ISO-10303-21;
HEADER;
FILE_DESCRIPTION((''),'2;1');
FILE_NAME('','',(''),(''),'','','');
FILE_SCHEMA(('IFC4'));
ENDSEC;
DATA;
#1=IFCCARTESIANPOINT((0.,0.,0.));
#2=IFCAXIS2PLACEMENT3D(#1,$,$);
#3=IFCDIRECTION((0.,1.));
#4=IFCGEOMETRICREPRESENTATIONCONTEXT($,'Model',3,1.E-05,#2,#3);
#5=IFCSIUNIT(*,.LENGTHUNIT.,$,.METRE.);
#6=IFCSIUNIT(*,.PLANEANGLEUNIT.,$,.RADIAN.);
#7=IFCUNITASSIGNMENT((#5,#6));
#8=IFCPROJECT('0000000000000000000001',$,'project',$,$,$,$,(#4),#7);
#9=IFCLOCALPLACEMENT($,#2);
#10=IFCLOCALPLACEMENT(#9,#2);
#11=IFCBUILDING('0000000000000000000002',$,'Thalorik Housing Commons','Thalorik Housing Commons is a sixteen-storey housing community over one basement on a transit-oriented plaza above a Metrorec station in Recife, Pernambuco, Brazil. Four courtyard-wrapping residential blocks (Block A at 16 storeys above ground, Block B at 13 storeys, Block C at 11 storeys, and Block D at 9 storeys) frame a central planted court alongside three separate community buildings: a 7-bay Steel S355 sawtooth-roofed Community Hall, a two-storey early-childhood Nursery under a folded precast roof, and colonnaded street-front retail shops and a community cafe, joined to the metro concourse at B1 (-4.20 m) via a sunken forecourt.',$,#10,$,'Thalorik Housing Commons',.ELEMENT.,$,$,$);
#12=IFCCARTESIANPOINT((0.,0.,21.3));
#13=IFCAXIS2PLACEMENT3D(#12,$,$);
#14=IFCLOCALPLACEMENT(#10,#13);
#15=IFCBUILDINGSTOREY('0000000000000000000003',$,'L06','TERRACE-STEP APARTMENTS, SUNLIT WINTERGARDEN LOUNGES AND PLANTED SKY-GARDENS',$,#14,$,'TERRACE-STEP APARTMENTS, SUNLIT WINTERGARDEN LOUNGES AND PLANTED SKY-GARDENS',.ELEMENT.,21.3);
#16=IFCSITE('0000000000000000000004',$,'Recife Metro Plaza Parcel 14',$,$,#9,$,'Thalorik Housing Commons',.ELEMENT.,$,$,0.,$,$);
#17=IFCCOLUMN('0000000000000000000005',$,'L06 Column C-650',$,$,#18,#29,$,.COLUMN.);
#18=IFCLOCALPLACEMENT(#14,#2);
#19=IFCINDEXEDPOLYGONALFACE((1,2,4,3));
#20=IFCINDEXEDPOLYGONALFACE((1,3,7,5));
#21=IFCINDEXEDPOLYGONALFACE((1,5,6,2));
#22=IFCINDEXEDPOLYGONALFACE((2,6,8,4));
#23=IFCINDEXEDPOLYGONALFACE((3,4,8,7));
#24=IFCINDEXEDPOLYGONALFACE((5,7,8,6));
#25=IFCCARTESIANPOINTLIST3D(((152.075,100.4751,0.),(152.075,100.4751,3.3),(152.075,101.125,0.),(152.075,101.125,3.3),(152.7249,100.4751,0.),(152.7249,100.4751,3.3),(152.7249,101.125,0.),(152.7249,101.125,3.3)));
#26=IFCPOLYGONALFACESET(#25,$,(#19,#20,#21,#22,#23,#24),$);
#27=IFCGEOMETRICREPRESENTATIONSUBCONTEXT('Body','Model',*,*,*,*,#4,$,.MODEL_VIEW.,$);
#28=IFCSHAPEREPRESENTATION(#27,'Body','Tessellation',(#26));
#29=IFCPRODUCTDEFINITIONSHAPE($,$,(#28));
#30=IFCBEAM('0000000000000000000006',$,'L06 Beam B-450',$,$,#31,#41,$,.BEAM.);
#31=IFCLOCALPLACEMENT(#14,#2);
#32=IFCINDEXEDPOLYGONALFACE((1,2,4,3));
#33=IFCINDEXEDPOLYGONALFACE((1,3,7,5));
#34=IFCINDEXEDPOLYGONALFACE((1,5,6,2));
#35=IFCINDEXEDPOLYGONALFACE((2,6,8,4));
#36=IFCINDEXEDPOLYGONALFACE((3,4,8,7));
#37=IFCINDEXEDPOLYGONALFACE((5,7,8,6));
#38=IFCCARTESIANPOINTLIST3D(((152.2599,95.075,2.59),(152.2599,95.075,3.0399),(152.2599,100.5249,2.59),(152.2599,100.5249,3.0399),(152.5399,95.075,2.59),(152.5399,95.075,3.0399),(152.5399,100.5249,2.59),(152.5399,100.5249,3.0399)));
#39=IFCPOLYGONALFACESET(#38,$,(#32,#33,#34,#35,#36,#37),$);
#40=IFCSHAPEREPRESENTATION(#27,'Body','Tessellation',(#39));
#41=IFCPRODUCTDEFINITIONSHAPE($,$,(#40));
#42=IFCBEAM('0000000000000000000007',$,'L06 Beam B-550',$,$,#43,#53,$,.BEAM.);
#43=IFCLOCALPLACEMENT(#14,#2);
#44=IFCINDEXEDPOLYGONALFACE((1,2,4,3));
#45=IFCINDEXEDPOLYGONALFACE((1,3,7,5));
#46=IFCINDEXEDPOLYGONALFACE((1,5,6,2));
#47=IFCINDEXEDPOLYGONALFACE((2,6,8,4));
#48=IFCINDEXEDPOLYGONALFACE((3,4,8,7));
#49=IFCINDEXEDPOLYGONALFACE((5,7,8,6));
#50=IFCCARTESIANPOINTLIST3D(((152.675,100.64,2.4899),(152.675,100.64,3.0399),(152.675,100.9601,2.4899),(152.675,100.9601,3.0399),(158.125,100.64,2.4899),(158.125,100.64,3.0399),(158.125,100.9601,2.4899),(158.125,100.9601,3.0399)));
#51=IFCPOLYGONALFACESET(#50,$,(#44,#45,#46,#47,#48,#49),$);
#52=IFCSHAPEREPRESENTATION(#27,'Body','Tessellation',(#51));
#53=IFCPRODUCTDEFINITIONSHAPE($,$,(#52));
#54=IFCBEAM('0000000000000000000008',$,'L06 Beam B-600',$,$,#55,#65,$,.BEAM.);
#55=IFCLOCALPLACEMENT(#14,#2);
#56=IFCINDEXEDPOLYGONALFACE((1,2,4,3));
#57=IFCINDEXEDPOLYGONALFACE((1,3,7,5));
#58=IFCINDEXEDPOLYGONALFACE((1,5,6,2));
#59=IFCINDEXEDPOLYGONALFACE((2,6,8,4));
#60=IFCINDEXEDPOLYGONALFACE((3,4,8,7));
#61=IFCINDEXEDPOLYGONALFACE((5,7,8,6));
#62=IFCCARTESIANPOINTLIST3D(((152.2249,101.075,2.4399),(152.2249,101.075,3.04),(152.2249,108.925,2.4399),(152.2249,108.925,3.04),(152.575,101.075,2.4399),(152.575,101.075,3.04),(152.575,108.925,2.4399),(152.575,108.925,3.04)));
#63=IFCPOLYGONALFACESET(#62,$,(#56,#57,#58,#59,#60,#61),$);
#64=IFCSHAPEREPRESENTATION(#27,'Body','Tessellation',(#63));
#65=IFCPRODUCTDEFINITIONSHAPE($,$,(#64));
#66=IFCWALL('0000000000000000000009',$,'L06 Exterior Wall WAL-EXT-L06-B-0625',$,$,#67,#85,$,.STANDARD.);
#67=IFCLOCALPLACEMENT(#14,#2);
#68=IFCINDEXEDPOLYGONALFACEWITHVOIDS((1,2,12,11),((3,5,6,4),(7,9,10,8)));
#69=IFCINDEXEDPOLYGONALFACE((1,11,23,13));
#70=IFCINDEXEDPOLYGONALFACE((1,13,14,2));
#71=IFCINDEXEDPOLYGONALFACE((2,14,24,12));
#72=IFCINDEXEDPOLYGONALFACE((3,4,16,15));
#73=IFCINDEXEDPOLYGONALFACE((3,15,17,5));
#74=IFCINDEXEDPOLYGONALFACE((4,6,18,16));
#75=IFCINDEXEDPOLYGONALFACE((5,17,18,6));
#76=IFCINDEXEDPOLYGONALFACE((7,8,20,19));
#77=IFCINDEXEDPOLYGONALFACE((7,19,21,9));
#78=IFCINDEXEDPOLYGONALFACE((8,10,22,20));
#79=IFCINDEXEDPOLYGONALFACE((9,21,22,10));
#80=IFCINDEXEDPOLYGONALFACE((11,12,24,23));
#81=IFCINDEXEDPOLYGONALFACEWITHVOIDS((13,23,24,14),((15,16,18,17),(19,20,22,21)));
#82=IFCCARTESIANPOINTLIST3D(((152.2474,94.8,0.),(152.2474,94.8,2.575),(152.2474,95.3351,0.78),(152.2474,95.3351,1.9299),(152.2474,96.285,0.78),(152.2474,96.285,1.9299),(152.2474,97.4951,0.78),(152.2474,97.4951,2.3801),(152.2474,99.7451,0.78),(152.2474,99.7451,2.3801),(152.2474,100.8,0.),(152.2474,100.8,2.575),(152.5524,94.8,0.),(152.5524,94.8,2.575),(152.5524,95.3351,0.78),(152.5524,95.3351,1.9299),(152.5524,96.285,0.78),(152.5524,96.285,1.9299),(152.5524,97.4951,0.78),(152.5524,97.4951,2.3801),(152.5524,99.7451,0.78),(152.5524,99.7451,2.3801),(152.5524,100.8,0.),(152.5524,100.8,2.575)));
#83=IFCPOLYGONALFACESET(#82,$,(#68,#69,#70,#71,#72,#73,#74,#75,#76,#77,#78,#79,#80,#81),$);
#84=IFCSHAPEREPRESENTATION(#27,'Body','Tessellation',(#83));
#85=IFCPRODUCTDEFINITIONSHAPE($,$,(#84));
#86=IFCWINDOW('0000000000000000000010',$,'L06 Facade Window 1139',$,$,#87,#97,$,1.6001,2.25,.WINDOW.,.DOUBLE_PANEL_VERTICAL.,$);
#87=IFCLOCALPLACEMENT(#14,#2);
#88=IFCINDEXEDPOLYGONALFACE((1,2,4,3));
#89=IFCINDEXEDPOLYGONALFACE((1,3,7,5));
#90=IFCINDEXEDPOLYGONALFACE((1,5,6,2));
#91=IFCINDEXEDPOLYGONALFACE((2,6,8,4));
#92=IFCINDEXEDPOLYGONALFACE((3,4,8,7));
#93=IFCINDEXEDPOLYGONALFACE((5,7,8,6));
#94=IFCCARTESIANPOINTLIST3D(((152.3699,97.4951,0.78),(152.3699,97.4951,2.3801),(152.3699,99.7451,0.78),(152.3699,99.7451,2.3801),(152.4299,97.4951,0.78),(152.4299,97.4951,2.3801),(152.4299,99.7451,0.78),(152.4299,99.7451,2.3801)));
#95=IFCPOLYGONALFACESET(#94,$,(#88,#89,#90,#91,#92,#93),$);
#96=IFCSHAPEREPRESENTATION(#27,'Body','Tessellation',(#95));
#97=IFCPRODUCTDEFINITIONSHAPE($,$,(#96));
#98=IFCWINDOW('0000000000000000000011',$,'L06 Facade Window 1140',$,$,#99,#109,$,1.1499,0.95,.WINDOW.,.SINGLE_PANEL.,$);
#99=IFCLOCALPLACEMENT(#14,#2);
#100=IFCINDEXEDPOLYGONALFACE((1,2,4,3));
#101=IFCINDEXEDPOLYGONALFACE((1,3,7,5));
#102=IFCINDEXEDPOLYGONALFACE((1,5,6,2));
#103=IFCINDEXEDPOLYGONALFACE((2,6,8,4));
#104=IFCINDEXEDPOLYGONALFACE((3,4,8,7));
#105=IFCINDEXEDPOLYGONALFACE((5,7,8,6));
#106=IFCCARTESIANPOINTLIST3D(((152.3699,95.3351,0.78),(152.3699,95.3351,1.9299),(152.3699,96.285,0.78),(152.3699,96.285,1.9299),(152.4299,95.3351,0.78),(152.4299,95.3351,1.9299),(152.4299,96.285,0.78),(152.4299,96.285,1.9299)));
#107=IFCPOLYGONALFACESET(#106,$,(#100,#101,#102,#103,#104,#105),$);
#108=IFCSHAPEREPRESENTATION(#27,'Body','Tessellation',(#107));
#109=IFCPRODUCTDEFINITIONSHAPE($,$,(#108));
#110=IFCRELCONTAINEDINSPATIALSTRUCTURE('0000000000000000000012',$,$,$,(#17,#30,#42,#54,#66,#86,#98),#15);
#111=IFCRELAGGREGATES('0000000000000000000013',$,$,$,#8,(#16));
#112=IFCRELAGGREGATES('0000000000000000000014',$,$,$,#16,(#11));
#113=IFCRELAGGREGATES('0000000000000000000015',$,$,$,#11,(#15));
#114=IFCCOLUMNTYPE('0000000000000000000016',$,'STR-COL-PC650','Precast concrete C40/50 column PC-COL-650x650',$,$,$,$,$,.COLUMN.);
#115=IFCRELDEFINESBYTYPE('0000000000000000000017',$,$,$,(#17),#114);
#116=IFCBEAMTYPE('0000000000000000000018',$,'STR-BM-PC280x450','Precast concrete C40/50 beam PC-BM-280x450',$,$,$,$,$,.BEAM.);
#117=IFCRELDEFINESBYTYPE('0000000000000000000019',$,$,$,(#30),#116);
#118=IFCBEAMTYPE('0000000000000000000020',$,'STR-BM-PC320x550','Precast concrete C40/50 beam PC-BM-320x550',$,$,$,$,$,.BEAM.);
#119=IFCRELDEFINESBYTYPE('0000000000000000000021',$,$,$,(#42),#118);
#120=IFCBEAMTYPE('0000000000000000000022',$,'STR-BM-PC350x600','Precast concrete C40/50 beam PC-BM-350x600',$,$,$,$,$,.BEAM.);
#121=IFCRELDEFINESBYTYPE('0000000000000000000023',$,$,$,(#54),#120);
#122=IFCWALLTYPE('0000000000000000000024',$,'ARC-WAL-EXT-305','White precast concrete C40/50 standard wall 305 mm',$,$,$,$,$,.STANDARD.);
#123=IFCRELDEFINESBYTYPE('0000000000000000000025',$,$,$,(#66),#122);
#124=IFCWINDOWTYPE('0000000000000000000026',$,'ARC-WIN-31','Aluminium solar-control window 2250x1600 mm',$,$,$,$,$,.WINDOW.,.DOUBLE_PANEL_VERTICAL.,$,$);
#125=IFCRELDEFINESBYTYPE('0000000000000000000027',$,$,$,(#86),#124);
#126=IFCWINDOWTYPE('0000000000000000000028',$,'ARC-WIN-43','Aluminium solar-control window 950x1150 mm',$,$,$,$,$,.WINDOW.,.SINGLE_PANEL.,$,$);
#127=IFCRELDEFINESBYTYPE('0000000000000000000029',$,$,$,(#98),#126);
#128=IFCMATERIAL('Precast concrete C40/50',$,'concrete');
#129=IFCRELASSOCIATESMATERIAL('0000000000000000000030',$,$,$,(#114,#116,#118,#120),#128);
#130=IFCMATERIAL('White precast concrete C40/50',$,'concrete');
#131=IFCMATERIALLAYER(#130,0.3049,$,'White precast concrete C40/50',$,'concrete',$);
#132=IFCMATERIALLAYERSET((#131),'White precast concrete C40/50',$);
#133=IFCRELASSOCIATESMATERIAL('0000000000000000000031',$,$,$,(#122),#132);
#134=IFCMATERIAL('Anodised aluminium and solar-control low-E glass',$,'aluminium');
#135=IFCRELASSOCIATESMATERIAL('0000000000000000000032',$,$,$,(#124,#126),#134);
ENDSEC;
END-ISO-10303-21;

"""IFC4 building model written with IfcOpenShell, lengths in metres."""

from ifc_helpers import new_model, si_unit, direction, frame, frame_2d, origin, origin_2d, place, context, subcontext, project, spatial, rectangle, extrude, material, layer, layer_set, material_profile, profile_set, type_object, element, fill, save


model = new_model("IFC4")

# Units and contexts
model_context = context("Model", 3, precision=1e-05, world=origin(), true_north=direction((0.0, 1.0)))
body_context = subcontext(model_context, "Body", "Model", "MODEL_VIEW")
ifc_project = project(units=[si_unit("LENGTHUNIT", "METRE"), si_unit("PLANEANGLEUNIT", "RADIAN")], contexts=[model_context])

# Site, building, storey
site_placement = place(None, origin())
site = spatial("IfcSite", under=ifc_project, at=site_placement, Name="Recife Metro Plaza Parcel 14", LongName="Thalorik Housing Commons", CompositionType="ELEMENT", RefElevation=0.0)
building_placement = place(site_placement, origin())
building = spatial("IfcBuilding", under=site, at=building_placement, Name="Thalorik Housing Commons", Description="Thalorik Housing Commons is a sixteen-storey housing community over one basement on a transit-oriented plaza above a Metrorec station in Recife, Pernambuco, Brazil. Four courtyard-wrapping residential blocks (Block A at 16 storeys above ground, Block B at 13 storeys, Block C at 11 storeys, and Block D at 9 storeys) frame a central planted court alongside three separate community buildings: a 7-bay Steel S355 sawtooth-roofed Community Hall, a two-storey early-childhood Nursery under a folded precast roof, and colonnaded street-front retail shops and a community cafe, joined to the metro concourse at B1 (-4.20 m) via a sunken forecourt.", LongName="Thalorik Housing Commons", CompositionType="ELEMENT")
storey_placement = place(building_placement, frame((0.0, 0.0, 21.3)))
storey = spatial("IfcBuildingStorey", under=building, at=storey_placement, Name="L06", Description="TERRACE-STEP APARTMENTS, SUNLIT WINTERGARDEN LOUNGES AND PLANTED SKY-GARDENS", LongName="TERRACE-STEP APARTMENTS, SUNLIT WINTERGARDEN LOUNGES AND PLANTED SKY-GARDENS", CompositionType="ELEMENT", Elevation=21.3)

# Column
ifc_material_1 = material(Name="Precast concrete C40/50", Category="concrete")
ifc_material_profile_1 = material_profile(ifc_material_1, rectangle(XDim=0.6499, YDim=0.6499, at=origin_2d()), Name="PC 650x650", Category="concrete")
ifc_profile_set_1 = profile_set([ifc_material_profile_1], Name="Precast concrete C40/50")
column_type = type_object("IfcColumnType", Name="STR-COL-PC650", Description="Precast concrete C40/50 column PC-COL-650x650", PredefinedType="COLUMN", material=ifc_profile_set_1)
column_placement = place(storey_placement, frame((152.3999, 100.8, 0.0), z_axis=(0.0, 0.0, 1.0), x_axis=(1.0, 0.0, 0.0)))
element("IfcColumn", 1, at=column_placement, inside=storey, type_object=column_type, Name="L06 Column C-650", PredefinedType="COLUMN", context=body_context, shape_type="SweptSolid", body=[
    extrude(rectangle(XDim=0.6499, YDim=0.6499, at=origin_2d()), origin(), (0.0, 0.0, 1.0), 3.3),
])

# Beams
ifc_material_profile_2 = material_profile(ifc_material_1, rectangle(XDim=0.28, YDim=0.45, at=origin_2d()), Name="PC 280x450", Category="concrete")
ifc_profile_set_2 = profile_set([ifc_material_profile_2], Name="Precast concrete C40/50")
beam_type_1 = type_object("IfcBeamType", Name="STR-BM-PC280x450", Description="Precast concrete C40/50 beam PC-BM-280x450", PredefinedType="BEAM", material=ifc_profile_set_2)
beam_1_placement = place(storey_placement, frame((152.3999, 95.075, 2.8149), z_axis=(0.0, 1.0, 0.0), x_axis=(-1.0, 0.0, 0.0)))
element("IfcBeam", 2, at=beam_1_placement, inside=storey, type_object=beam_type_1, Name="L06 Beam B-450", PredefinedType="BEAM", context=body_context, shape_type="SweptSolid", body=[
    extrude(rectangle(XDim=0.28, YDim=0.45, at=origin_2d()), origin(), (0.0, 0.0, 1.0), 5.45),
])
ifc_material_profile_3 = material_profile(ifc_material_1, rectangle(XDim=0.3201, YDim=0.55, at=origin_2d()), Name="PC 320x550", Category="concrete")
ifc_profile_set_3 = profile_set([ifc_material_profile_3], Name="Precast concrete C40/50")
beam_type_2 = type_object("IfcBeamType", Name="STR-BM-PC320x550", Description="Precast concrete C40/50 beam PC-BM-320x550", PredefinedType="BEAM", material=ifc_profile_set_3)
beam_2_placement = place(storey_placement, frame((152.675, 100.8, 2.7649), z_axis=(1.0, 0.0, 0.0), x_axis=(0.0, 1.0, 0.0)))
element("IfcBeam", 3, at=beam_2_placement, inside=storey, type_object=beam_type_2, Name="L06 Beam B-550", PredefinedType="BEAM", context=body_context, shape_type="SweptSolid", body=[
    extrude(rectangle(XDim=0.3201, YDim=0.55, at=origin_2d()), origin(), (0.0, 0.0, 1.0), 5.45),
])
ifc_material_profile_4 = material_profile(ifc_material_1, rectangle(XDim=0.3501, YDim=0.6001, at=origin_2d()), Name="PC 350x600", Category="concrete")
ifc_profile_set_4 = profile_set([ifc_material_profile_4], Name="Precast concrete C40/50")
beam_type_3 = type_object("IfcBeamType", Name="STR-BM-PC350x600", Description="Precast concrete C40/50 beam PC-BM-350x600", PredefinedType="BEAM", material=ifc_profile_set_4)
beam_3_placement = place(storey_placement, frame((152.3999, 101.075, 2.74), z_axis=(0.0, 1.0, 0.0), x_axis=(-1.0, 0.0, 0.0)))
element("IfcBeam", 4, at=beam_3_placement, inside=storey, type_object=beam_type_3, Name="L06 Beam B-600", PredefinedType="BEAM", context=body_context, shape_type="SweptSolid", body=[
    extrude(rectangle(XDim=0.3501, YDim=0.6001, at=origin_2d()), origin(), (0.0, 0.0, 1.0), 7.8501),
])

# Wall, openings, windows
ifc_material_2 = material(Name="White precast concrete C40/50", Category="concrete")
ifc_layer_1 = layer(ifc_material_2, 0.3049, Name="White precast concrete C40/50", Category="concrete")
ifc_layer_set_1 = layer_set([ifc_layer_1], Name="White precast concrete C40/50")
wall_type_1 = type_object("IfcWallType", Name="ARC-WAL-EXT-305", Description="White precast concrete C40/50 standard wall 305 mm", PredefinedType="STANDARD", material=ifc_layer_set_1)
wall_1_placement = place(storey_placement, frame((152.3999, 100.8, 0.0), z_axis=(0.0, 0.0, 1.0), x_axis=(0.0, -1.0, 0.0)))
wall_1 = element("IfcWall", 5, at=wall_1_placement, inside=storey, type_object=wall_type_1, Name="L06 Exterior Wall WAL-EXT-L06-B-0625", PredefinedType="STANDARD", context=body_context, shape_type="SweptSolid", body=[
    extrude(rectangle(XDim=6.0, YDim=0.3049, at=frame_2d((3.0, 0.0))), origin(), (0.0, 0.0, 1.0), 2.575),
])
opening_1_placement = place(wall_1_placement, frame((1.0549, 0.0, 0.78)))
opening_1 = element("IfcOpeningElement", 6, at=opening_1_placement, cuts=wall_1, PredefinedType="OPENING", context=body_context, shape_type="SweptSolid", body=[
    extrude(rectangle(XDim=2.25, YDim=1.6001, at=frame_2d((1.125, 0.8))), frame((0.0, 0.1626, 0.0), z_axis=(0.0, -1.0, 0.0), x_axis=(1.0, 0.0, 0.0)), (0.0, 0.0, 1.0), 0.325),
])
opening_2_placement = place(wall_1_placement, frame((4.5149, 0.0, 0.78)))
opening_2 = element("IfcOpeningElement", 7, at=opening_2_placement, cuts=wall_1, PredefinedType="OPENING", context=body_context, shape_type="SweptSolid", body=[
    extrude(rectangle(XDim=0.95, YDim=1.1499, at=frame_2d((0.4751, 0.575))), frame((0.0, 0.1626, 0.0), z_axis=(0.0, -1.0, 0.0), x_axis=(1.0, 0.0, 0.0)), (0.0, 0.0, 1.0), 0.325),
])
ifc_material_3 = material(Name="Anodised aluminium and solar-control low-E glass", Category="aluminium")
window_type_1 = type_object("IfcWindowType", Name="ARC-WIN-31", Description="Aluminium solar-control window 2250x1600 mm", PartitioningType="DOUBLE_PANEL_VERTICAL", PredefinedType="WINDOW", material=ifc_material_3)
window_1_placement = place(opening_1_placement, origin())
window_1 = element("IfcWindow", 8, at=window_1_placement, inside=storey, type_object=window_type_1, Name="L06 Facade Window 1139", OverallHeight=1.6001, OverallWidth=2.25, PartitioningType="DOUBLE_PANEL_VERTICAL", PredefinedType="WINDOW", context=body_context, shape_type="SweptSolid", body=[
    extrude(rectangle(XDim=2.25, YDim=1.6001, at=frame_2d((1.125, 0.8))), frame((0.0, 0.03, 0.0), z_axis=(0.0, -1.0, 0.0), x_axis=(1.0, 0.0, 0.0)), (0.0, 0.0, 1.0), 0.0601),
])
fill(opening_1, window_1)
window_type_2 = type_object("IfcWindowType", Name="ARC-WIN-43", Description="Aluminium solar-control window 950x1150 mm", PartitioningType="SINGLE_PANEL", PredefinedType="WINDOW", material=ifc_material_3)
window_2_placement = place(opening_2_placement, origin())
window_2 = element("IfcWindow", 9, at=window_2_placement, inside=storey, type_object=window_type_2, Name="L06 Facade Window 1140", OverallHeight=1.1499, OverallWidth=0.95, PartitioningType="SINGLE_PANEL", PredefinedType="WINDOW", context=body_context, shape_type="SweptSolid", body=[
    extrude(rectangle(XDim=0.95, YDim=1.1499, at=frame_2d((0.4751, 0.575))), frame((0.0, 0.03, 0.0), z_axis=(0.0, -1.0, 0.0), x_axis=(1.0, 0.0, 0.0)), (0.0, 0.0, 1.0), 0.0601),
])
fill(opening_2, window_2)

save(model, "model.ifc")
